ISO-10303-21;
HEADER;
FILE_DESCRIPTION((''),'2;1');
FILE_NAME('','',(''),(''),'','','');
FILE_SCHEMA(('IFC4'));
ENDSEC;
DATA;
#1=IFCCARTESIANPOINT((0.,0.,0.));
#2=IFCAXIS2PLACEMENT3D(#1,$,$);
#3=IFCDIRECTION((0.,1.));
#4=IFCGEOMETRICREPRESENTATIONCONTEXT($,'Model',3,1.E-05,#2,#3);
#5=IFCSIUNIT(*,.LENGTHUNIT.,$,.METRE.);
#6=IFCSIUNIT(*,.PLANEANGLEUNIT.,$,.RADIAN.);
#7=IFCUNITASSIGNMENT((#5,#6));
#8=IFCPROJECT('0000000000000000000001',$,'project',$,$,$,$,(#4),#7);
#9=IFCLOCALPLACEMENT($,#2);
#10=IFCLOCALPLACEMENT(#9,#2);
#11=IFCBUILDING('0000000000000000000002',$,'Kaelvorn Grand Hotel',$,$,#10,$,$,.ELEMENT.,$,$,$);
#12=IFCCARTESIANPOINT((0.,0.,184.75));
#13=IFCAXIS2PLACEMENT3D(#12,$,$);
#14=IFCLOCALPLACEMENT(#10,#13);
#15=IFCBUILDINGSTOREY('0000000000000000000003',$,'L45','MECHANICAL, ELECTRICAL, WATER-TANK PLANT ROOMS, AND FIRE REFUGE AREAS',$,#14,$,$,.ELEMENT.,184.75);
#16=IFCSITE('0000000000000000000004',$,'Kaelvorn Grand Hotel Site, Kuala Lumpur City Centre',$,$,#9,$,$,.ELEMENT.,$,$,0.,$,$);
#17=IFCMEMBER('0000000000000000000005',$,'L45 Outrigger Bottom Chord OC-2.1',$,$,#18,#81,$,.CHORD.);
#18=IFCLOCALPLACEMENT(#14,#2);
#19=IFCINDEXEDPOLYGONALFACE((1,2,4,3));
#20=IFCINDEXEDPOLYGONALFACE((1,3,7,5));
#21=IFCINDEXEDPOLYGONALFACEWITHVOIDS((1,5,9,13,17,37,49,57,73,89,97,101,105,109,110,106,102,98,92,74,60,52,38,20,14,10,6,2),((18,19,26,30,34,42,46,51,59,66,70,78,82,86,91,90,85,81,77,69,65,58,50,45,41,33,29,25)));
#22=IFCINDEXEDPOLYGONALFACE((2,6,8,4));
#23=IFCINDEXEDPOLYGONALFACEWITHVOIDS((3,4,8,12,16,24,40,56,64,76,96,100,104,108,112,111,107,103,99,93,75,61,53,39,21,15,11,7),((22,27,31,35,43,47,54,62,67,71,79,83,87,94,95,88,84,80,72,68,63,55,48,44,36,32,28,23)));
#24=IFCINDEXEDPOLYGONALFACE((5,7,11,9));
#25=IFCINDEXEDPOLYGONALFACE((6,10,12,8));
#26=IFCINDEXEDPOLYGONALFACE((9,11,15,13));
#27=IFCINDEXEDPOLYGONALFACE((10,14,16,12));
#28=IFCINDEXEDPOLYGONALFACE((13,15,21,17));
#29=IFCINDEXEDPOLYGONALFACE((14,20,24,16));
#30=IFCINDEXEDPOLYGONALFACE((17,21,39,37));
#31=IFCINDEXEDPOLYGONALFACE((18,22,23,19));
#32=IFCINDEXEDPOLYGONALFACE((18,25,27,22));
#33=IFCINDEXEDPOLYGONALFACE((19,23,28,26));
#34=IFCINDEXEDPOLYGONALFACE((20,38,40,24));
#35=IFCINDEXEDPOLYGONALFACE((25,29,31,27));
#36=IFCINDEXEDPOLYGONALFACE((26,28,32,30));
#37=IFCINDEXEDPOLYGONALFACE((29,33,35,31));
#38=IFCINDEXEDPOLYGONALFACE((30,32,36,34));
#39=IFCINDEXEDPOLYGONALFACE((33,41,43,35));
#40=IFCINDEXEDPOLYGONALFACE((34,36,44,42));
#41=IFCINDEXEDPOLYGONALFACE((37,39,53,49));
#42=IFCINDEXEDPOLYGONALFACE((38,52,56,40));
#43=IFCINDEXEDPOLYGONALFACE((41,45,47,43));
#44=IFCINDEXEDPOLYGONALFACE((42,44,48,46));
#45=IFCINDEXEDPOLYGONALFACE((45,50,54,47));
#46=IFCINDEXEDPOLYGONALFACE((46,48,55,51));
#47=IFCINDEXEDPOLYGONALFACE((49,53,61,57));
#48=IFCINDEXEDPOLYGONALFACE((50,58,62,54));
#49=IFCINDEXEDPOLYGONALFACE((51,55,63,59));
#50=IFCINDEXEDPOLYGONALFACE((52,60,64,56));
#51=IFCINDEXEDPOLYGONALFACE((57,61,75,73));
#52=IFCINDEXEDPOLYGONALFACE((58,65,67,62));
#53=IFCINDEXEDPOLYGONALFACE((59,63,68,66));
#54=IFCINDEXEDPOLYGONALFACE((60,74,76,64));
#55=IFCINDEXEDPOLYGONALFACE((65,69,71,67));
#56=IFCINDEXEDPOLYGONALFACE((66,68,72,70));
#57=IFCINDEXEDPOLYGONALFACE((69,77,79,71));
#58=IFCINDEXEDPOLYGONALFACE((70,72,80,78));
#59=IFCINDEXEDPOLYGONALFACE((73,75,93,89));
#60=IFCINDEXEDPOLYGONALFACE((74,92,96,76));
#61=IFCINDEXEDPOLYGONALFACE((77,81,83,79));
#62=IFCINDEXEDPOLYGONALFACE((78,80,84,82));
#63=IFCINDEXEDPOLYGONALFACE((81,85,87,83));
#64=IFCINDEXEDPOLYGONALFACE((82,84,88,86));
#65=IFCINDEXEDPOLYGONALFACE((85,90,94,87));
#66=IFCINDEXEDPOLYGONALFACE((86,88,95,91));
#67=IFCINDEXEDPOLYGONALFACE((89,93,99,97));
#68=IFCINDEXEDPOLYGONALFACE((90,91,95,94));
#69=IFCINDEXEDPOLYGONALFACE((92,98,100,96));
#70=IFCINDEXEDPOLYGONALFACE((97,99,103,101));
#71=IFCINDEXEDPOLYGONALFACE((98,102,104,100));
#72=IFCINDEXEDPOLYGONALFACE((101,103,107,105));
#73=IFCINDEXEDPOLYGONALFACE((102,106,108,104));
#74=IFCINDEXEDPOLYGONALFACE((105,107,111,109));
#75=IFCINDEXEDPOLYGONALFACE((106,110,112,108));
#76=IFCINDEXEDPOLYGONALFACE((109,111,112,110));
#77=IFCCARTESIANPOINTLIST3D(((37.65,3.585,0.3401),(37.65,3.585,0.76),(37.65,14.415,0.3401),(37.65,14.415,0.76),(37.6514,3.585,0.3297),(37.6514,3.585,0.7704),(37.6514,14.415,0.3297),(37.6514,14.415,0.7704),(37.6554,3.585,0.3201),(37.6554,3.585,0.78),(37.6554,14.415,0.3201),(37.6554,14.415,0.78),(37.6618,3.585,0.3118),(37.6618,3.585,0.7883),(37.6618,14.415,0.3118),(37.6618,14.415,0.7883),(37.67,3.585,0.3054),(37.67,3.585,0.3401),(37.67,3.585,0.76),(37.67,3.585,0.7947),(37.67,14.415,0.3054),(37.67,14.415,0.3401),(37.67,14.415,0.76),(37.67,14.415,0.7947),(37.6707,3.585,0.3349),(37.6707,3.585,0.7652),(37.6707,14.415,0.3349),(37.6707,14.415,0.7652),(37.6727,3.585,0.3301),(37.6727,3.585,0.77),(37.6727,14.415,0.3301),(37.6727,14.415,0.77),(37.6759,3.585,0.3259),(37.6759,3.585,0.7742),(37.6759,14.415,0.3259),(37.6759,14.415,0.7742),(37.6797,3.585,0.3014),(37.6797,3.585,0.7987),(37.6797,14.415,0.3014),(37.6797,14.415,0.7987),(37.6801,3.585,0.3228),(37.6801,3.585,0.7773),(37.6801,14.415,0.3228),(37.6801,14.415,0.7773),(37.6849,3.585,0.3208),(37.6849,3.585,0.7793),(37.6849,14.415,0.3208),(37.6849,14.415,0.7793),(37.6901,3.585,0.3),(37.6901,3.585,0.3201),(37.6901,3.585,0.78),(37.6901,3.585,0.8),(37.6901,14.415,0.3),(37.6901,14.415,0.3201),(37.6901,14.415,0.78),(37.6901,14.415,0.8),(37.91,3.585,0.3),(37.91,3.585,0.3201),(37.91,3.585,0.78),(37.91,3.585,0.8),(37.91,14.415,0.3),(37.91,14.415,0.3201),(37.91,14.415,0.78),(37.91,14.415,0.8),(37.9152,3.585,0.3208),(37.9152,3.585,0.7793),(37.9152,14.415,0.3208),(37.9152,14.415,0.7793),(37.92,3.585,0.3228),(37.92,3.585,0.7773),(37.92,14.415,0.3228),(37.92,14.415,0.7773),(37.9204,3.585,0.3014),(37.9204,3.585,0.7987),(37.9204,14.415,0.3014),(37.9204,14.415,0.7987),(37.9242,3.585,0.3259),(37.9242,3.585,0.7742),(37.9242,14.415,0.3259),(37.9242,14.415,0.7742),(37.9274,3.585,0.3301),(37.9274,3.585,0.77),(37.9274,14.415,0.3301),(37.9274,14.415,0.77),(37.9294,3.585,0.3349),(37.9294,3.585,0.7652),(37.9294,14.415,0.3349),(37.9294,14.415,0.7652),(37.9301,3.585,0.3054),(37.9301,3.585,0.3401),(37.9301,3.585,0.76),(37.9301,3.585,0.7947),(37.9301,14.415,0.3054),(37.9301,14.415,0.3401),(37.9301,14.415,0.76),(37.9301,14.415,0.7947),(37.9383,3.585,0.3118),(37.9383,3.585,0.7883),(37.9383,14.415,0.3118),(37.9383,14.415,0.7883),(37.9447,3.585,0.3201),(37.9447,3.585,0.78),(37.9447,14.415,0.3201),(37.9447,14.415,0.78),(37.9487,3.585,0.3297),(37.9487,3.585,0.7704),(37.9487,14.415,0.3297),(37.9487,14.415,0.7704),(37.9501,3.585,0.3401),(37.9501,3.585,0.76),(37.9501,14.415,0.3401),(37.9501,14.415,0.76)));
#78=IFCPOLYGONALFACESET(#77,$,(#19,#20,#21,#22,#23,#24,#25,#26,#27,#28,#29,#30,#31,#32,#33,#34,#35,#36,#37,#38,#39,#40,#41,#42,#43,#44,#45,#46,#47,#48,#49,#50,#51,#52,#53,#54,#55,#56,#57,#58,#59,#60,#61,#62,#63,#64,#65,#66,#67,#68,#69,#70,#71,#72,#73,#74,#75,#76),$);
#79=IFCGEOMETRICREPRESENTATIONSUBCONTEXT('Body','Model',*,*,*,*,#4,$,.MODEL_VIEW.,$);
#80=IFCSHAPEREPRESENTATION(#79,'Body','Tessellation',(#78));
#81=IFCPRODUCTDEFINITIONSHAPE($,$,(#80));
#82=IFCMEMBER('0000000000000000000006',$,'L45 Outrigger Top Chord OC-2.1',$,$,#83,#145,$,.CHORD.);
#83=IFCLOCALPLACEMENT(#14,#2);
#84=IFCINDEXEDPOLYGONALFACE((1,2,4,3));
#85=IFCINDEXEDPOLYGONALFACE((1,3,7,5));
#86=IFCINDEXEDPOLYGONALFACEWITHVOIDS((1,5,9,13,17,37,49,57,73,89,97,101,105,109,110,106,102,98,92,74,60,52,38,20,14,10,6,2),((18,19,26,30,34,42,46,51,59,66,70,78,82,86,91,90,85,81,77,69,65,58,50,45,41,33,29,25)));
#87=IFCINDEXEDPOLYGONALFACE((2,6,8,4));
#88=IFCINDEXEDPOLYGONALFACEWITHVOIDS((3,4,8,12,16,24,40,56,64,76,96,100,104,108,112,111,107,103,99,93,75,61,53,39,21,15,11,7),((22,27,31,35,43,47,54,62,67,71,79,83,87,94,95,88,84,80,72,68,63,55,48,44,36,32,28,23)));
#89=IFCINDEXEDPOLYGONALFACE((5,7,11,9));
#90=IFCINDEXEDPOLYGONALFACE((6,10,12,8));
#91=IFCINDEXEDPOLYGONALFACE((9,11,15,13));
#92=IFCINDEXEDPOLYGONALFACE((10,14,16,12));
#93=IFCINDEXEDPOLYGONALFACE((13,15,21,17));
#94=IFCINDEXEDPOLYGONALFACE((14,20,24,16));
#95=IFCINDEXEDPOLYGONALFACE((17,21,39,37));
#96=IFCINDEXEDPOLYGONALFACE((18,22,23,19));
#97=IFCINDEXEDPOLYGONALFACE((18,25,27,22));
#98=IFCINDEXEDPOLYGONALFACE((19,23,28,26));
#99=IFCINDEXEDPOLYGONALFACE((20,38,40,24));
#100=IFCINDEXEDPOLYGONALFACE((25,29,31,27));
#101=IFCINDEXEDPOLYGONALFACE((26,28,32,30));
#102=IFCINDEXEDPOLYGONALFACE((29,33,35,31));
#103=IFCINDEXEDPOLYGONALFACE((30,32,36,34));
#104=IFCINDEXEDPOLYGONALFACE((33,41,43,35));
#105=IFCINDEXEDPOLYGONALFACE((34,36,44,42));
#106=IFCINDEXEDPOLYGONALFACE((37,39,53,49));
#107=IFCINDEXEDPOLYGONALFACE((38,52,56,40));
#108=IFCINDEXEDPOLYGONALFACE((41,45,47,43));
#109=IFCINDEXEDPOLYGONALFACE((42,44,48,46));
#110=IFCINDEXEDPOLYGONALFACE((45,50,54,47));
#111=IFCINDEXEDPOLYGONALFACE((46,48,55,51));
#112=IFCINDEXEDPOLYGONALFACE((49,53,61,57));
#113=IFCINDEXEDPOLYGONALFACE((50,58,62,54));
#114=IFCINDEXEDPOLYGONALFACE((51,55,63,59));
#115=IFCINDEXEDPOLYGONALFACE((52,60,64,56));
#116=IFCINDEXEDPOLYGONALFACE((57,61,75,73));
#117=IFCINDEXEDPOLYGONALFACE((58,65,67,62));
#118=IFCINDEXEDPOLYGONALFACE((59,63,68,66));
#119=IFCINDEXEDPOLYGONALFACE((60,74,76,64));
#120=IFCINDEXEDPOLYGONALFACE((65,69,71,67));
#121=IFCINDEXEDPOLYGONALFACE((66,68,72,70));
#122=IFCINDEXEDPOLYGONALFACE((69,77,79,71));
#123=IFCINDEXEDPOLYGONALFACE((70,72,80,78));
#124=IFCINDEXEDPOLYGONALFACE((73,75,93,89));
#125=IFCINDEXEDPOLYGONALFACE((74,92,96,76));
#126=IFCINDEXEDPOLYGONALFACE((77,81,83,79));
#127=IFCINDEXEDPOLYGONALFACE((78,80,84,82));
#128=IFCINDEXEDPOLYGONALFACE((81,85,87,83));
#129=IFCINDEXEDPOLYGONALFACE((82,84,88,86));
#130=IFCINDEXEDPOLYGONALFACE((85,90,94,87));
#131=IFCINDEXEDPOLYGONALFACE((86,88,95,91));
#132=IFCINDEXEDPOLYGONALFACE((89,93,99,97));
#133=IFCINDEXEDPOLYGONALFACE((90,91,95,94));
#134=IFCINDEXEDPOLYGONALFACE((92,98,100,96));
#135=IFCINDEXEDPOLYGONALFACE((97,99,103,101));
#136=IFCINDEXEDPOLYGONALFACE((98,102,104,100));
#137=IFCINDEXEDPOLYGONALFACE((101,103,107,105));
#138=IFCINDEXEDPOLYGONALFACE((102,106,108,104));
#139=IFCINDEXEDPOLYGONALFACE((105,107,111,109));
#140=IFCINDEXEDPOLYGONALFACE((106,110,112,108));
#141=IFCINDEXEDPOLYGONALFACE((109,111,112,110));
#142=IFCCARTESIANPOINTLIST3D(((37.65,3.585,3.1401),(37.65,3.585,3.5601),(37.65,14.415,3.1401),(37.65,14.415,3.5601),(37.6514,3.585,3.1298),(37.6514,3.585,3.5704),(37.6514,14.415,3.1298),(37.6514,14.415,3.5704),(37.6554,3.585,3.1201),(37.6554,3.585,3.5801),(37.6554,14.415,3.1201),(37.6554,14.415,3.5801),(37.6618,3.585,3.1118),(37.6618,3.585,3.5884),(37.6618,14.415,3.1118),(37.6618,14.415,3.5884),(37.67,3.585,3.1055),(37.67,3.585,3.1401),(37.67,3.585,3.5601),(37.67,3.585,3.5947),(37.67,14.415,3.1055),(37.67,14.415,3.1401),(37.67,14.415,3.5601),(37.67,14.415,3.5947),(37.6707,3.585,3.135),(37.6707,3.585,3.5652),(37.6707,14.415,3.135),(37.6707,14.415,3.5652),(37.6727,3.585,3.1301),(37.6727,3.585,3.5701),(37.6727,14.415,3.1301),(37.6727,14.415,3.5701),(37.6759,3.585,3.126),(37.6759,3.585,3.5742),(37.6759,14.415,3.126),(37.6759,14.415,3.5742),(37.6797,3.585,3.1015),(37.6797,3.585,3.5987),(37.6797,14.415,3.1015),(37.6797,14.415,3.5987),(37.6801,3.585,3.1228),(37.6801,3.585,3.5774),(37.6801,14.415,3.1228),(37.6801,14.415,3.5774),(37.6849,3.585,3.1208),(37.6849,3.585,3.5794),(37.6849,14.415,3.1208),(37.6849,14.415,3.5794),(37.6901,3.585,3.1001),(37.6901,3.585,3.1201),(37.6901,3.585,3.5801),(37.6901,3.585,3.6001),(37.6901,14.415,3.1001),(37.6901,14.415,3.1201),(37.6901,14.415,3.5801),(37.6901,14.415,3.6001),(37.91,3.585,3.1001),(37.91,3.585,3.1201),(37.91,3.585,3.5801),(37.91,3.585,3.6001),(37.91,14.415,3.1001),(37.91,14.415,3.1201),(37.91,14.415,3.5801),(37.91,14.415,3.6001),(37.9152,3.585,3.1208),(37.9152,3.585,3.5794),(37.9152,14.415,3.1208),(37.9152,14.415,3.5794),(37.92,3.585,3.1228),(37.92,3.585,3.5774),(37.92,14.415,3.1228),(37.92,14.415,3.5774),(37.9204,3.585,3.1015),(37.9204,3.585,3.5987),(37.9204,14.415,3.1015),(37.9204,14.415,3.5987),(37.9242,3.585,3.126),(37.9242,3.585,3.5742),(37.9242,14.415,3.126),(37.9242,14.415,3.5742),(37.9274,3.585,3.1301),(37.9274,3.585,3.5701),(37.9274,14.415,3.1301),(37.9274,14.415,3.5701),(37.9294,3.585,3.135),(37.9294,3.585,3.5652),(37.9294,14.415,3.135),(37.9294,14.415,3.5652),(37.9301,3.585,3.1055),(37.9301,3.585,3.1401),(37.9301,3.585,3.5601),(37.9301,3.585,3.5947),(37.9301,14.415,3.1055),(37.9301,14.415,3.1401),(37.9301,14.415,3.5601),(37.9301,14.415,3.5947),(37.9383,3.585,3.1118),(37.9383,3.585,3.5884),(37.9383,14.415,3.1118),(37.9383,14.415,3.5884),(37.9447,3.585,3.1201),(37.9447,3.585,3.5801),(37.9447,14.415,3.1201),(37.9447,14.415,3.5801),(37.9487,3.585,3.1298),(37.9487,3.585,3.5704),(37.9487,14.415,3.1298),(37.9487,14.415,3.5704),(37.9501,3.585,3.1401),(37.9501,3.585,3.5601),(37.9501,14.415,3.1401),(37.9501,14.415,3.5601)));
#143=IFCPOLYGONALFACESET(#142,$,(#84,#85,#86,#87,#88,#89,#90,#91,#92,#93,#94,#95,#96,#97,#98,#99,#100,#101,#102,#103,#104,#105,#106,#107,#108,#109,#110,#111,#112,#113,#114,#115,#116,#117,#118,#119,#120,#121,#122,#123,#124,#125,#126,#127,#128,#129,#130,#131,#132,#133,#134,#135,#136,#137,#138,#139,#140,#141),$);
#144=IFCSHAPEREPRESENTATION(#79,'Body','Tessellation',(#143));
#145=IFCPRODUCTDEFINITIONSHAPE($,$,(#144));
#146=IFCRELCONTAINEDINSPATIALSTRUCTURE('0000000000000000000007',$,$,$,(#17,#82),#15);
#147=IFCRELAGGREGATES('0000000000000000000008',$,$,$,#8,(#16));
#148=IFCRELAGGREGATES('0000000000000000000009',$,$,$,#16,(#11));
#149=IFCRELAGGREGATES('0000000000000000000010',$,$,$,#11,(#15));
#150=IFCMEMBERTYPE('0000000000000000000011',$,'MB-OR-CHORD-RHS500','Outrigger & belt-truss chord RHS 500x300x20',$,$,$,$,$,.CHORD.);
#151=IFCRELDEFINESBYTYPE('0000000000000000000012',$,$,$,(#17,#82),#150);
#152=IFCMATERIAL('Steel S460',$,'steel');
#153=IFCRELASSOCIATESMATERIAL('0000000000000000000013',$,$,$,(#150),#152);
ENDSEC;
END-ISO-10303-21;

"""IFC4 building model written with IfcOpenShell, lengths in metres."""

from ifc_helpers import new_model, si_unit, direction, frame, origin, origin_2d, place, context, subcontext, project, spatial, hollow_rectangle, extrude, material, material_profile, profile_set, type_object, element, save


model = new_model("IFC4")

# Units and contexts
model_context = context("Model", 3, precision=1e-05, world=origin(), true_north=direction((0.0, 1.0)))
body_context = subcontext(model_context, "Body", "Model", "MODEL_VIEW")
ifc_project = project(units=[si_unit("LENGTHUNIT", "METRE"), si_unit("PLANEANGLEUNIT", "RADIAN")], contexts=[model_context])

# Site, building, storey
site_placement = place(None, origin())
site = spatial("IfcSite", under=ifc_project, at=site_placement, Name="Kaelvorn Grand Hotel Site, Kuala Lumpur City Centre", CompositionType="ELEMENT", RefElevation=0.0)
building_placement = place(site_placement, origin())
building = spatial("IfcBuilding", under=site, at=building_placement, Name="Kaelvorn Grand Hotel", CompositionType="ELEMENT")
storey_placement = place(building_placement, frame((0.0, 0.0, 184.75)))
storey = spatial("IfcBuildingStorey", under=building, at=storey_placement, Name="L45", Description="MECHANICAL, ELECTRICAL, WATER-TANK PLANT ROOMS, AND FIRE REFUGE AREAS", CompositionType="ELEMENT", Elevation=184.75)

# Shared definitions
ifc_material_1 = material(Name="Steel S460", Category="steel")

# Members
ifc_material_profile_1 = material_profile(ifc_material_1, hollow_rectangle(XDim=0.3, YDim=0.5, WallThickness=0.02, InnerFilletRadius=0.02, OuterFilletRadius=0.04, at=origin_2d()), Name="RHS 500x300x20.0")
ifc_profile_set_1 = profile_set([ifc_material_profile_1], Name="Steel S460")
member_type_1 = type_object("IfcMemberType", Name="MB-OR-CHORD-RHS500", Description="Outrigger & belt-truss chord RHS 500x300x20", PredefinedType="CHORD", material=ifc_profile_set_1)
for number, where, z_axis, x_axis, name in (
    (1, (37.8, 3.585, 0.55), (0.0, 1.0, 0.0), (-1.0, 0.0, 0.0), "L45 Outrigger Bottom Chord OC-2.1"),
    (2, (37.8, 3.585, 3.3501), (0.0, 1.0, 0.0), (-1.0, 0.0, 0.0), "L45 Outrigger Top Chord OC-2.1"),
):
    element("IfcMember", number, at=place(storey_placement, frame(where, z_axis=z_axis, x_axis=x_axis)), inside=storey, type_object=member_type_1, Name=name, PredefinedType="CHORD", context=body_context, shape_type="SweptSolid", body=[
        extrude(hollow_rectangle(XDim=0.3, YDim=0.5, WallThickness=0.02, InnerFilletRadius=0.02, OuterFilletRadius=0.04, at=origin_2d()), origin(), (0.0, 0.0, 1.0), 10.8301),
    ])

save(model, "model.ifc")
